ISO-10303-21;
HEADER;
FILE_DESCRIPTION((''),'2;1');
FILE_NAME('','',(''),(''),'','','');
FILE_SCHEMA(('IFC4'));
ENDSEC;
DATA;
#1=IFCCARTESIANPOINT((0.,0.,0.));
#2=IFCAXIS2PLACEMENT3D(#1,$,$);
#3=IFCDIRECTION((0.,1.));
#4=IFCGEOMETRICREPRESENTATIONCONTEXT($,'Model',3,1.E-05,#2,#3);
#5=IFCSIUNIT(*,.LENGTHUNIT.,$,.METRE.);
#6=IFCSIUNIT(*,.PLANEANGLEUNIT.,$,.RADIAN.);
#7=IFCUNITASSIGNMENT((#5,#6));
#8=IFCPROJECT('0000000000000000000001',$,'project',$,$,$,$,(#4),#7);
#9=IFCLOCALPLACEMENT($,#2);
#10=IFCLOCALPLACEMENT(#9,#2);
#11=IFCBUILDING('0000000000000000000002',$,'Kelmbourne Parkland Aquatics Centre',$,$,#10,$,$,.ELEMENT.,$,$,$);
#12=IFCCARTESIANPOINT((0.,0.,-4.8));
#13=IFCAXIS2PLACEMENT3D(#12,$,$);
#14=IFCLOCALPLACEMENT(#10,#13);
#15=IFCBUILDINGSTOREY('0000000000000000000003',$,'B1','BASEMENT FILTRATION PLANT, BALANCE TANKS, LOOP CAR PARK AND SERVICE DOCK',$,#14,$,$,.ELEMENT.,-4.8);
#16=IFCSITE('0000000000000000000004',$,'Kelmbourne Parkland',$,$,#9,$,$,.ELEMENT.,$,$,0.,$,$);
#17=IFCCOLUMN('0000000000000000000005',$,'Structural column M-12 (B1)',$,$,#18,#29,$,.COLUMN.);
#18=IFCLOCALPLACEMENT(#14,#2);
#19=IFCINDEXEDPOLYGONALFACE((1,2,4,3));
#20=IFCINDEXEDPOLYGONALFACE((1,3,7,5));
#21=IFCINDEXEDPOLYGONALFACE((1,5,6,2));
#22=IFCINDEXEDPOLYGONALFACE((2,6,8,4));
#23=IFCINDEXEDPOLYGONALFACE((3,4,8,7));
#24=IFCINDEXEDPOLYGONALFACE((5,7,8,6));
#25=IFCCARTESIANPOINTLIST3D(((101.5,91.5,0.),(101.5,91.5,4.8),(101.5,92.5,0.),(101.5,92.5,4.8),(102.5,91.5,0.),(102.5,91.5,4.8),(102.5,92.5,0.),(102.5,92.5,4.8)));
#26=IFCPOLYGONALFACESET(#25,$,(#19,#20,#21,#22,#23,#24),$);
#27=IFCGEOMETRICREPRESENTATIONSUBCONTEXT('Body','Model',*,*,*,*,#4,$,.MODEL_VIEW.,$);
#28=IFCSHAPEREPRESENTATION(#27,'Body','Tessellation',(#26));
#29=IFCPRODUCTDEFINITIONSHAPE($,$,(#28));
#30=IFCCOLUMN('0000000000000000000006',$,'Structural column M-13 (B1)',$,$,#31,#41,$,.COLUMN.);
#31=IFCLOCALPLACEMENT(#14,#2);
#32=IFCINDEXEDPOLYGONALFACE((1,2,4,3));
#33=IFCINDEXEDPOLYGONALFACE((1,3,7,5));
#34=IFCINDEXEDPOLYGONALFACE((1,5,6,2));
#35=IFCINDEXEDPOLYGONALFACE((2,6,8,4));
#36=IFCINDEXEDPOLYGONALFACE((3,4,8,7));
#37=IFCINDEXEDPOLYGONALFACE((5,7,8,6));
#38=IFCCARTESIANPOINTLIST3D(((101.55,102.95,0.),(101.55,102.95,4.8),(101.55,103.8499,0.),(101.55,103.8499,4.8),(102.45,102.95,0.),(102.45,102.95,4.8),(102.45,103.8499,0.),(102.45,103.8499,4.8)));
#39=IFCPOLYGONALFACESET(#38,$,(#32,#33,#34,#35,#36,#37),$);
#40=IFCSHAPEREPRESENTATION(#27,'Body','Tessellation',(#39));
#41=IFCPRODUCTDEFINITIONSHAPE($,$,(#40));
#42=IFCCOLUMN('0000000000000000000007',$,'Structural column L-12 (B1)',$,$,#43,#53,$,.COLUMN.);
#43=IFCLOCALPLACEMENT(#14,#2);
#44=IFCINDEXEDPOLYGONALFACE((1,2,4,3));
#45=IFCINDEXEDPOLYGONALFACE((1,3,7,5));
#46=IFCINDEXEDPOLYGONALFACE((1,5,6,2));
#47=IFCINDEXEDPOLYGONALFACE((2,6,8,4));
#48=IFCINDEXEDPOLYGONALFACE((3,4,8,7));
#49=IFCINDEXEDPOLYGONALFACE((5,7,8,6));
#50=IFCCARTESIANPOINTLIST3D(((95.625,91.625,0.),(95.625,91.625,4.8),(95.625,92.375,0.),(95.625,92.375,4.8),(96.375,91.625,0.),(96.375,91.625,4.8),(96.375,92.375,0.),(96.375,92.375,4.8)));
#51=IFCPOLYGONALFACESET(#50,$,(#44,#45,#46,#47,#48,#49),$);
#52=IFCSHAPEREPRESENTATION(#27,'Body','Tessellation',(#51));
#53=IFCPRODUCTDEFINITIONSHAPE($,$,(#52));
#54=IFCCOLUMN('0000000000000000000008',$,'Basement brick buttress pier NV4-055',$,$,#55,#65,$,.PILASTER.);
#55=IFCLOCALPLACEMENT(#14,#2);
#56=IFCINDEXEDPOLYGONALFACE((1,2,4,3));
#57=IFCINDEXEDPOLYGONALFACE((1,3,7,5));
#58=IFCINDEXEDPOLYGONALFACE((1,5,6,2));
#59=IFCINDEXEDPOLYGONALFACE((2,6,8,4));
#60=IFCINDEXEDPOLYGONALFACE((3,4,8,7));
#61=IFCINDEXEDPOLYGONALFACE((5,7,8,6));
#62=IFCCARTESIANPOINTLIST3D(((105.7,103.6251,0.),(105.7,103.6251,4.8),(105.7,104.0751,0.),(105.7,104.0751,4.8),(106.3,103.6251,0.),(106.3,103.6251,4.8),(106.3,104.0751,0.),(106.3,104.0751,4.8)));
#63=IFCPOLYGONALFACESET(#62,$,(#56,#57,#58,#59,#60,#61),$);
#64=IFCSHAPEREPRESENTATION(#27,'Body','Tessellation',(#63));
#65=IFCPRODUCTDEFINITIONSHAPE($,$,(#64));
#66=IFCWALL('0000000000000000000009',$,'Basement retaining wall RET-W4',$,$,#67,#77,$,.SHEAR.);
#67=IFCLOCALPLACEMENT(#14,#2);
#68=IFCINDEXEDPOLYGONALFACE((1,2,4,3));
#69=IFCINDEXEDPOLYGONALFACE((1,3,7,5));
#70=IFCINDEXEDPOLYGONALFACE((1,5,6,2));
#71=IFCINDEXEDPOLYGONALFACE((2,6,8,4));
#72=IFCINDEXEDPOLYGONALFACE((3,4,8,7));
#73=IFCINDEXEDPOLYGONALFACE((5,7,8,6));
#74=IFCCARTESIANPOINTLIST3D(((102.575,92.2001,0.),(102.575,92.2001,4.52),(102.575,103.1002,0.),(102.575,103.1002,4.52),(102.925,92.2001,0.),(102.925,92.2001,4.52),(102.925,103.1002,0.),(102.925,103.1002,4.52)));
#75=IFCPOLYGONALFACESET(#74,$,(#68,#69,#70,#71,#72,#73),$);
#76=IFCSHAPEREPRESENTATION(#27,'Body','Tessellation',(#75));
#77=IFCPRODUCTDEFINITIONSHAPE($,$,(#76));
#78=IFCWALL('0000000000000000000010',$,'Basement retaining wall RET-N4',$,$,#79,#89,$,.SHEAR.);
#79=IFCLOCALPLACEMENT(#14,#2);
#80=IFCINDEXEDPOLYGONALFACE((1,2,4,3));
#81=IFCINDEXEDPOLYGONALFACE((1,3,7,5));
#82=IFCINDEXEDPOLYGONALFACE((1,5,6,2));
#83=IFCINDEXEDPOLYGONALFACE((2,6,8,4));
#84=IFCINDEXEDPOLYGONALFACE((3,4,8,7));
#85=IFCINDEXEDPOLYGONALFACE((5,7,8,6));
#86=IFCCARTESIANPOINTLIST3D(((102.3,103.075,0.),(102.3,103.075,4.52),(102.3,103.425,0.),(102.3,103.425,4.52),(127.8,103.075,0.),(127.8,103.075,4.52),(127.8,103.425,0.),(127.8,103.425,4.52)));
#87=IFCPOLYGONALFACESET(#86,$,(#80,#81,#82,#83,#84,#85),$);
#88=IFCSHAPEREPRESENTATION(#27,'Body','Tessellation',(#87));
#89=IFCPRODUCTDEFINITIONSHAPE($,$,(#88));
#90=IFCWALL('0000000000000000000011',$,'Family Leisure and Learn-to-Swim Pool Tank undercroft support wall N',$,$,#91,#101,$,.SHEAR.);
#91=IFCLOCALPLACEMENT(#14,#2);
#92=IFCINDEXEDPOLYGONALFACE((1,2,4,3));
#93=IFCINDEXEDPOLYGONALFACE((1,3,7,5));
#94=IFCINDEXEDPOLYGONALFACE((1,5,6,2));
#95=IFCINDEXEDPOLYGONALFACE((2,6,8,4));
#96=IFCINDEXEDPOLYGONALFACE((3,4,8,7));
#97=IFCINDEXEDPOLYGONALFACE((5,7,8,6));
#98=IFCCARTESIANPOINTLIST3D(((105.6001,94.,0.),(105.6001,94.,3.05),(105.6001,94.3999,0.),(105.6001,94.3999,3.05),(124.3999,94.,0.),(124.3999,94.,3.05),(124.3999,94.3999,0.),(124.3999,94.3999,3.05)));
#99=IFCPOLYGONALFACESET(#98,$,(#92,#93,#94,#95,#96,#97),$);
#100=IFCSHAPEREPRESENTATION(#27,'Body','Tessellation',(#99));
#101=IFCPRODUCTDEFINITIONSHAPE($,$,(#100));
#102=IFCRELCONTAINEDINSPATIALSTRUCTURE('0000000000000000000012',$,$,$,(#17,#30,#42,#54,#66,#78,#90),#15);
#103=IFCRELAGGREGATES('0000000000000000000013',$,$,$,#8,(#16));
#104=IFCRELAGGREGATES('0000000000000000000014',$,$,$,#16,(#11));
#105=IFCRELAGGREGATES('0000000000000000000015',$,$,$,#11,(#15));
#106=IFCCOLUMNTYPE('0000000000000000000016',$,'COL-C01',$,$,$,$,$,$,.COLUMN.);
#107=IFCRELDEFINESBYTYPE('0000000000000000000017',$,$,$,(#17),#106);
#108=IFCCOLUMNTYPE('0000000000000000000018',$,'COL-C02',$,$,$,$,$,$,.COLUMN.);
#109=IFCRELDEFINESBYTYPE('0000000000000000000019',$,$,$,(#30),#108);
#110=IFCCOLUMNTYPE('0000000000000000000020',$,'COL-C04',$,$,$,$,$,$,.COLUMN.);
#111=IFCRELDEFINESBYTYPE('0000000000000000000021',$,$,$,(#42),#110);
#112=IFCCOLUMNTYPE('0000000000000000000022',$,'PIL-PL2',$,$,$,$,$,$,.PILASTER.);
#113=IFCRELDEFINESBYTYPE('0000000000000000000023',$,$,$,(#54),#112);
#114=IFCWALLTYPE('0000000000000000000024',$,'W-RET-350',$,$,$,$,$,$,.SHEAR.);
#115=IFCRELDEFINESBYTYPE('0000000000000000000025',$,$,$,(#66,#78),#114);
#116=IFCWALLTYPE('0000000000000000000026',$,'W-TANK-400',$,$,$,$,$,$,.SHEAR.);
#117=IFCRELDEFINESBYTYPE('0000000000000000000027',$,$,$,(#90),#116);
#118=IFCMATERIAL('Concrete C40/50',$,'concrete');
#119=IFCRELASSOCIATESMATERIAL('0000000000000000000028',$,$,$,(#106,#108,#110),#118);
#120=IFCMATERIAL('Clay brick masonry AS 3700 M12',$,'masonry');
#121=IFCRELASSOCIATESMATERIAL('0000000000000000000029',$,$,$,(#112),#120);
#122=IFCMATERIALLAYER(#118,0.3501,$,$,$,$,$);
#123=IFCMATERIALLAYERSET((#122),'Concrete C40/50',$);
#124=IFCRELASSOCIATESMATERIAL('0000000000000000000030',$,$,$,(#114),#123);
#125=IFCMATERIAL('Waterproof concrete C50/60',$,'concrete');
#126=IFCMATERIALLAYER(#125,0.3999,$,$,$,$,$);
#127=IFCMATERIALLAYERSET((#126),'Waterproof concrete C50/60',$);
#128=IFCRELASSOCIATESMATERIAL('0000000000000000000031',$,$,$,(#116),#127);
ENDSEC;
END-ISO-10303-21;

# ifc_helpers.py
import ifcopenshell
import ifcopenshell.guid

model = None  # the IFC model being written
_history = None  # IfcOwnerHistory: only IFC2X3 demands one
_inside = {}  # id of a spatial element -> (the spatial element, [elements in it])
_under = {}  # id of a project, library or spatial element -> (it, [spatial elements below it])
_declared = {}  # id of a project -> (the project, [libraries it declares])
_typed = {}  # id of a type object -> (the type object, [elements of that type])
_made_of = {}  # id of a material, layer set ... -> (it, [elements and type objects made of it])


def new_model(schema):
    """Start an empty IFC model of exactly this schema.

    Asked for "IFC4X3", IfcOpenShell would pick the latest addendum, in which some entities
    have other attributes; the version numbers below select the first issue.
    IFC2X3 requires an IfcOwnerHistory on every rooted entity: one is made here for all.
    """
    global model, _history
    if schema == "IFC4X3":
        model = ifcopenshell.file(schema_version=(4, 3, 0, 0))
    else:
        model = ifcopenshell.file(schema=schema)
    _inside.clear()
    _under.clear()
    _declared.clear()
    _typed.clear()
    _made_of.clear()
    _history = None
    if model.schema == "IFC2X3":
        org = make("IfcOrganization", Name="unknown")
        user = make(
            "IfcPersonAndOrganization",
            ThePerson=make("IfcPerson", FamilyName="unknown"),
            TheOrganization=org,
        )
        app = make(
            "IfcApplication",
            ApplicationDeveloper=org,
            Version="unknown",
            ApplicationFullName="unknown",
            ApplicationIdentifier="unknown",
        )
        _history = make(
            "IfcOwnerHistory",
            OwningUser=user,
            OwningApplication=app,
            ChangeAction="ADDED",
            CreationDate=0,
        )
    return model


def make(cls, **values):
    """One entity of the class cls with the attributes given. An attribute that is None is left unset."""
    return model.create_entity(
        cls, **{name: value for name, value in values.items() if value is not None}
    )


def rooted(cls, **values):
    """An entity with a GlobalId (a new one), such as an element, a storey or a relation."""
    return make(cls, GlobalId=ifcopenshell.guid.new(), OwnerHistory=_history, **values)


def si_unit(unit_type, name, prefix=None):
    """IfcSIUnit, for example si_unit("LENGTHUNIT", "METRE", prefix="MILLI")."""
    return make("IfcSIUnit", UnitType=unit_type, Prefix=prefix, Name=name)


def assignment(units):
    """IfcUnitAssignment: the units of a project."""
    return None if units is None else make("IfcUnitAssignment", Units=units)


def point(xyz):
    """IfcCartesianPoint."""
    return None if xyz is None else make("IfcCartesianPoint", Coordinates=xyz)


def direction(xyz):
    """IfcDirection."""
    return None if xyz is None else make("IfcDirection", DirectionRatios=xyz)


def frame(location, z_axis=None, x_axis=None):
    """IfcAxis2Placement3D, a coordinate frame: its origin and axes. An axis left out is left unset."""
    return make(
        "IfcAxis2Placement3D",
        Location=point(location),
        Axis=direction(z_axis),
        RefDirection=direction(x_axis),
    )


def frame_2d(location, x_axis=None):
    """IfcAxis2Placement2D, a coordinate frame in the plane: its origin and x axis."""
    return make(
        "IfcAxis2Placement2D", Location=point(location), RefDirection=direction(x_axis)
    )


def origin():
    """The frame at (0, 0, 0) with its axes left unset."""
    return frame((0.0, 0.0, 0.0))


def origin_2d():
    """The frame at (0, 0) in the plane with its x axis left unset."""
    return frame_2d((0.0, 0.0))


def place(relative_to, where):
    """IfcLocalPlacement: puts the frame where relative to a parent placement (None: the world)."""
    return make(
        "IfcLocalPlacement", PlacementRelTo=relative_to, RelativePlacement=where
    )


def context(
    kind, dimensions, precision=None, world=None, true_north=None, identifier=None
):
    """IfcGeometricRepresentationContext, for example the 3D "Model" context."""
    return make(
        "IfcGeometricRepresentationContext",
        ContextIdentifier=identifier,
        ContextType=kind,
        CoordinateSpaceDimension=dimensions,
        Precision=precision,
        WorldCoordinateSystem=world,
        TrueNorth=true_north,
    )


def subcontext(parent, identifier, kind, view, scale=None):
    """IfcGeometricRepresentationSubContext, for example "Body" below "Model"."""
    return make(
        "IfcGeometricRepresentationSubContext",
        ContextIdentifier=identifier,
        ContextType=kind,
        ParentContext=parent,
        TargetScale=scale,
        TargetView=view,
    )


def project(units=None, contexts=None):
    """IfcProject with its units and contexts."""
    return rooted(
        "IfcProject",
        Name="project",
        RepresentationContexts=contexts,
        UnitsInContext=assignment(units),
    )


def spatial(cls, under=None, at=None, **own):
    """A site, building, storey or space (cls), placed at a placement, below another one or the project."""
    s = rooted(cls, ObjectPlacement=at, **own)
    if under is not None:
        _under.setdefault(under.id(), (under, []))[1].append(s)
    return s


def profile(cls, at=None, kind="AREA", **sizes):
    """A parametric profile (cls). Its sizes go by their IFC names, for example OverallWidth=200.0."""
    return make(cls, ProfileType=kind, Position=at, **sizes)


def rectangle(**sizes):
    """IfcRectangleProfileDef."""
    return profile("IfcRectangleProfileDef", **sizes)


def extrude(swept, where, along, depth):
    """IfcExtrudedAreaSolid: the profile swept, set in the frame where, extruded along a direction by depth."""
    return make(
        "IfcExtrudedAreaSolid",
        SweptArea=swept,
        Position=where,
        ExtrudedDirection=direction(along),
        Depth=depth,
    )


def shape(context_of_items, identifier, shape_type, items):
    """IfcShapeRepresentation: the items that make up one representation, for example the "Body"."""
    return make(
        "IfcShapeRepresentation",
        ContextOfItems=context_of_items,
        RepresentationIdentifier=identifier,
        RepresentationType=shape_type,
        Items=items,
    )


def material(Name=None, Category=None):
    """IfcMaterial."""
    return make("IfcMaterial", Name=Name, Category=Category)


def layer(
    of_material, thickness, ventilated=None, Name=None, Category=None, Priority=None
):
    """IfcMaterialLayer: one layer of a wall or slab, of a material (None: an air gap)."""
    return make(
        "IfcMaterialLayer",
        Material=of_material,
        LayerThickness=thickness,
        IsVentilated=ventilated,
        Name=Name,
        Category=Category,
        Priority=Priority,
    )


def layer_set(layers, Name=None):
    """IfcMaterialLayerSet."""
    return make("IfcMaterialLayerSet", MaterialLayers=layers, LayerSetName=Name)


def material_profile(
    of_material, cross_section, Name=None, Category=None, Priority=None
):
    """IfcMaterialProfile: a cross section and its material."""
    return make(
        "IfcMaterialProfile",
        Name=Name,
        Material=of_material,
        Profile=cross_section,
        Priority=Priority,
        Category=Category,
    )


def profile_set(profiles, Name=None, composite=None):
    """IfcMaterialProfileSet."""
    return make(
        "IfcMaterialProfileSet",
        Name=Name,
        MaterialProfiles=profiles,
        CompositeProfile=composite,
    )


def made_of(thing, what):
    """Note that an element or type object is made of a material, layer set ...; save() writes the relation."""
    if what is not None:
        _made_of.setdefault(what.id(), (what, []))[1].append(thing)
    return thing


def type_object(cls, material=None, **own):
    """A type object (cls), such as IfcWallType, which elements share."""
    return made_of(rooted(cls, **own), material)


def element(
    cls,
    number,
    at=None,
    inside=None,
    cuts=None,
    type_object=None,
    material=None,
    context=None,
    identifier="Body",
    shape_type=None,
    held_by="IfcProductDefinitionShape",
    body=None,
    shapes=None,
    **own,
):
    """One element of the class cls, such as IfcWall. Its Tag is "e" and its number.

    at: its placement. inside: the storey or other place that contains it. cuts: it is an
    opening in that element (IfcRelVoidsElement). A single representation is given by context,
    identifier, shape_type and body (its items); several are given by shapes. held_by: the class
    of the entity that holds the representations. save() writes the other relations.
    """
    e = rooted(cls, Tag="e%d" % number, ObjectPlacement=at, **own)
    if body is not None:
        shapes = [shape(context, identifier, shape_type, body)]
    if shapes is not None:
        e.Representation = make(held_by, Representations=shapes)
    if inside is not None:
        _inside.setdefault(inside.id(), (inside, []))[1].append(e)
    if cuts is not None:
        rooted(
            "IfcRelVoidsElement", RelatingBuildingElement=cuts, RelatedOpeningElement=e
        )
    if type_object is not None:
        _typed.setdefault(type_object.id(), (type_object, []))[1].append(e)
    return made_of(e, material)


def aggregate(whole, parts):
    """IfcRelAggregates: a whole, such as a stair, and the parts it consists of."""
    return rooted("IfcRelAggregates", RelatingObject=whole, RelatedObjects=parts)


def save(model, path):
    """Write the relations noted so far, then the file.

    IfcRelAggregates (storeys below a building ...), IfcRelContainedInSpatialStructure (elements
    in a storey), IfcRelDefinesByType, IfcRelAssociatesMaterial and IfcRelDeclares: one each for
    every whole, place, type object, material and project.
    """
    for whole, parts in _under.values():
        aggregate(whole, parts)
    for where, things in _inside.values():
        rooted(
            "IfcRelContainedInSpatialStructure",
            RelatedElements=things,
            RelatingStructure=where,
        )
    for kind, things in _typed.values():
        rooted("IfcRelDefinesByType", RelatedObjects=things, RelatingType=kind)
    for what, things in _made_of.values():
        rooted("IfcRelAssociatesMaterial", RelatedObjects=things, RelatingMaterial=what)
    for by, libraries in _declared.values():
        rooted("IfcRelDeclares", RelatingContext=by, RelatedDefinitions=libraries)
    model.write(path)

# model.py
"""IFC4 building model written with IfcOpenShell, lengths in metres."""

from ifc_helpers import new_model, si_unit, direction, frame, frame_2d, origin, origin_2d, place, context, subcontext, project, spatial, rectangle, extrude, material, layer, layer_set, material_profile, profile_set, type_object, element, save


model = new_model("IFC4")

# Units and contexts
model_context = context("Model", 3, precision=1e-05, world=origin(), true_north=direction((0.0, 1.0)))
body_context = subcontext(model_context, "Body", "Model", "MODEL_VIEW")
ifc_project = project(units=[si_unit("LENGTHUNIT", "METRE"), si_unit("PLANEANGLEUNIT", "RADIAN")], contexts=[model_context])

# Site, building, storey
site_placement = place(None, origin())
site = spatial("IfcSite", under=ifc_project, at=site_placement, Name="Kelmbourne Parkland", CompositionType="ELEMENT", RefElevation=0.0)
building_placement = place(site_placement, origin())
building = spatial("IfcBuilding", under=site, at=building_placement, Name="Kelmbourne Parkland Aquatics Centre", CompositionType="ELEMENT")
storey_placement = place(building_placement, frame((0.0, 0.0, -4.8)))
storey = spatial("IfcBuildingStorey", under=building, at=storey_placement, Name="B1", Description="BASEMENT FILTRATION PLANT, BALANCE TANKS, LOOP CAR PARK AND SERVICE DOCK", CompositionType="ELEMENT", Elevation=-4.8)

# Shared definitions
ifc_material_1 = material(Name="Waterproof concrete C50/60", Category="concrete")

# Columns
ifc_material_2 = material(Name="Concrete C40/50", Category="concrete")
ifc_material_profile_1 = material_profile(ifc_material_2, rectangle(XDim=1.0, YDim=1.0, at=origin_2d()), Name="RC 1000x1000")
ifc_profile_set_1 = profile_set([ifc_material_profile_1], Name="Concrete C40/50")
column_type_1 = type_object("IfcColumnType", Name="COL-C01", PredefinedType="COLUMN", material=ifc_profile_set_1)
column_1_placement = place(storey_placement, frame((102.0, 92.0, 0.0), z_axis=(0.0, 0.0, 1.0), x_axis=(1.0, 0.0, 0.0)))
element("IfcColumn", 1, at=column_1_placement, inside=storey, type_object=column_type_1, Name="Structural column M-12 (B1)", PredefinedType="COLUMN", context=body_context, shape_type="SweptSolid", body=[
    extrude(rectangle(XDim=1.0, YDim=1.0, at=origin_2d()), origin(), (0.0, 0.0, 1.0), 4.8),
])
ifc_material_profile_2 = material_profile(ifc_material_2, rectangle(XDim=0.8999, YDim=0.8999, at=origin_2d()), Name="RC 900x900")
ifc_profile_set_2 = profile_set([ifc_material_profile_2], Name="Concrete C40/50")
column_type_2 = type_object("IfcColumnType", Name="COL-C02", PredefinedType="COLUMN", material=ifc_profile_set_2)
column_2_placement = place(storey_placement, frame((102.0, 103.3999, 0.0), z_axis=(0.0, 0.0, 1.0), x_axis=(1.0, 0.0, 0.0)))
element("IfcColumn", 2, at=column_2_placement, inside=storey, type_object=column_type_2, Name="Structural column M-13 (B1)", PredefinedType="COLUMN", context=body_context, shape_type="SweptSolid", body=[
    extrude(rectangle(XDim=0.8999, YDim=0.8999, at=origin_2d()), origin(), (0.0, 0.0, 1.0), 4.8),
])
ifc_material_profile_3 = material_profile(ifc_material_2, rectangle(XDim=0.75, YDim=0.75, at=origin_2d()), Name="RC 750x750")
ifc_profile_set_3 = profile_set([ifc_material_profile_3], Name="Concrete C40/50")
column_type_3 = type_object("IfcColumnType", Name="COL-C04", PredefinedType="COLUMN", material=ifc_profile_set_3)
column_3_placement = place(storey_placement, frame((96.0, 92.0, 0.0), z_axis=(0.0, 0.0, 1.0), x_axis=(1.0, 0.0, 0.0)))
element("IfcColumn", 3, at=column_3_placement, inside=storey, type_object=column_type_3, Name="Structural column L-12 (B1)", PredefinedType="COLUMN", context=body_context, shape_type="SweptSolid", body=[
    extrude(rectangle(XDim=0.75, YDim=0.75, at=origin_2d()), origin(), (0.0, 0.0, 1.0), 4.8),
])
ifc_material_3 = material(Name="Clay brick masonry AS 3700 M12", Category="masonry")
ifc_material_profile_4 = material_profile(ifc_material_3, rectangle(XDim=0.45, YDim=0.6001, at=origin_2d()), Name="PIL 450x600")
ifc_profile_set_4 = profile_set([ifc_material_profile_4], Name="Clay brick masonry AS 3700 M12")
column_type_4 = type_object("IfcColumnType", Name="PIL-PL2", PredefinedType="PILASTER", material=ifc_profile_set_4)
column_4_placement = place(storey_placement, frame((106.0, 103.8501, 0.0), z_axis=(0.0, 0.0, 1.0), x_axis=(0.0, 1.0, 0.0)))
element("IfcColumn", 4, at=column_4_placement, inside=storey, type_object=column_type_4, Name="Basement brick buttress pier NV4-055", PredefinedType="PILASTER", context=body_context, shape_type="SweptSolid", body=[
    extrude(rectangle(XDim=0.45, YDim=0.6001, at=origin_2d()), origin(), (0.0, 0.0, 1.0), 4.8),
])

# Walls
ifc_layer_1 = layer(ifc_material_2, 0.3501)
ifc_layer_set_1 = layer_set([ifc_layer_1], Name="Concrete C40/50")
wall_type_1 = type_object("IfcWallType", Name="W-RET-350", PredefinedType="SHEAR", material=ifc_layer_set_1)
wall_1_placement = place(storey_placement, frame((102.75, 92.2, 0.0), z_axis=(0.0, 0.0, 1.0), x_axis=(0.0, 1.0, 0.0)))
element("IfcWall", 5, at=wall_1_placement, inside=storey, type_object=wall_type_1, Name="Basement retaining wall RET-W4", PredefinedType="SHEAR", context=body_context, shape_type="SweptSolid", body=[
    extrude(rectangle(XDim=10.9001, YDim=0.3501, at=frame_2d((5.4502, 0.0))), origin(), (0.0, 0.0, 1.0), 4.52),
])
wall_2_placement = place(storey_placement, frame((102.3, 103.25, 0.0), z_axis=(0.0, 0.0, 1.0), x_axis=(1.0, 0.0, 0.0)))
element("IfcWall", 6, at=wall_2_placement, inside=storey, type_object=wall_type_1, Name="Basement retaining wall RET-N4", PredefinedType="SHEAR", context=body_context, shape_type="SweptSolid", body=[
    extrude(rectangle(XDim=25.5, YDim=0.3501, at=frame_2d((12.75, 0.0))), origin(), (0.0, 0.0, 1.0), 4.52),
])
ifc_layer_2 = layer(ifc_material_1, 0.3999)
ifc_layer_set_2 = layer_set([ifc_layer_2], Name="Waterproof concrete C50/60")
wall_type_2 = type_object("IfcWallType", Name="W-TANK-400", PredefinedType="SHEAR", material=ifc_layer_set_2)
wall_3_placement = place(storey_placement, frame((105.6001, 94.2, 0.0), z_axis=(0.0, 0.0, 1.0), x_axis=(1.0, 0.0, 0.0)))
element("IfcWall", 7, at=wall_3_placement, inside=storey, type_object=wall_type_2, Name="Family Leisure and Learn-to-Swim Pool Tank undercroft support wall N", PredefinedType="SHEAR", context=body_context, shape_type="SweptSolid", body=[
    extrude(rectangle(XDim=18.7998, YDim=0.3999, at=frame_2d((9.3999, 0.0))), origin(), (0.0, 0.0, 1.0), 3.05),
])

save(model, "model.ifc")
